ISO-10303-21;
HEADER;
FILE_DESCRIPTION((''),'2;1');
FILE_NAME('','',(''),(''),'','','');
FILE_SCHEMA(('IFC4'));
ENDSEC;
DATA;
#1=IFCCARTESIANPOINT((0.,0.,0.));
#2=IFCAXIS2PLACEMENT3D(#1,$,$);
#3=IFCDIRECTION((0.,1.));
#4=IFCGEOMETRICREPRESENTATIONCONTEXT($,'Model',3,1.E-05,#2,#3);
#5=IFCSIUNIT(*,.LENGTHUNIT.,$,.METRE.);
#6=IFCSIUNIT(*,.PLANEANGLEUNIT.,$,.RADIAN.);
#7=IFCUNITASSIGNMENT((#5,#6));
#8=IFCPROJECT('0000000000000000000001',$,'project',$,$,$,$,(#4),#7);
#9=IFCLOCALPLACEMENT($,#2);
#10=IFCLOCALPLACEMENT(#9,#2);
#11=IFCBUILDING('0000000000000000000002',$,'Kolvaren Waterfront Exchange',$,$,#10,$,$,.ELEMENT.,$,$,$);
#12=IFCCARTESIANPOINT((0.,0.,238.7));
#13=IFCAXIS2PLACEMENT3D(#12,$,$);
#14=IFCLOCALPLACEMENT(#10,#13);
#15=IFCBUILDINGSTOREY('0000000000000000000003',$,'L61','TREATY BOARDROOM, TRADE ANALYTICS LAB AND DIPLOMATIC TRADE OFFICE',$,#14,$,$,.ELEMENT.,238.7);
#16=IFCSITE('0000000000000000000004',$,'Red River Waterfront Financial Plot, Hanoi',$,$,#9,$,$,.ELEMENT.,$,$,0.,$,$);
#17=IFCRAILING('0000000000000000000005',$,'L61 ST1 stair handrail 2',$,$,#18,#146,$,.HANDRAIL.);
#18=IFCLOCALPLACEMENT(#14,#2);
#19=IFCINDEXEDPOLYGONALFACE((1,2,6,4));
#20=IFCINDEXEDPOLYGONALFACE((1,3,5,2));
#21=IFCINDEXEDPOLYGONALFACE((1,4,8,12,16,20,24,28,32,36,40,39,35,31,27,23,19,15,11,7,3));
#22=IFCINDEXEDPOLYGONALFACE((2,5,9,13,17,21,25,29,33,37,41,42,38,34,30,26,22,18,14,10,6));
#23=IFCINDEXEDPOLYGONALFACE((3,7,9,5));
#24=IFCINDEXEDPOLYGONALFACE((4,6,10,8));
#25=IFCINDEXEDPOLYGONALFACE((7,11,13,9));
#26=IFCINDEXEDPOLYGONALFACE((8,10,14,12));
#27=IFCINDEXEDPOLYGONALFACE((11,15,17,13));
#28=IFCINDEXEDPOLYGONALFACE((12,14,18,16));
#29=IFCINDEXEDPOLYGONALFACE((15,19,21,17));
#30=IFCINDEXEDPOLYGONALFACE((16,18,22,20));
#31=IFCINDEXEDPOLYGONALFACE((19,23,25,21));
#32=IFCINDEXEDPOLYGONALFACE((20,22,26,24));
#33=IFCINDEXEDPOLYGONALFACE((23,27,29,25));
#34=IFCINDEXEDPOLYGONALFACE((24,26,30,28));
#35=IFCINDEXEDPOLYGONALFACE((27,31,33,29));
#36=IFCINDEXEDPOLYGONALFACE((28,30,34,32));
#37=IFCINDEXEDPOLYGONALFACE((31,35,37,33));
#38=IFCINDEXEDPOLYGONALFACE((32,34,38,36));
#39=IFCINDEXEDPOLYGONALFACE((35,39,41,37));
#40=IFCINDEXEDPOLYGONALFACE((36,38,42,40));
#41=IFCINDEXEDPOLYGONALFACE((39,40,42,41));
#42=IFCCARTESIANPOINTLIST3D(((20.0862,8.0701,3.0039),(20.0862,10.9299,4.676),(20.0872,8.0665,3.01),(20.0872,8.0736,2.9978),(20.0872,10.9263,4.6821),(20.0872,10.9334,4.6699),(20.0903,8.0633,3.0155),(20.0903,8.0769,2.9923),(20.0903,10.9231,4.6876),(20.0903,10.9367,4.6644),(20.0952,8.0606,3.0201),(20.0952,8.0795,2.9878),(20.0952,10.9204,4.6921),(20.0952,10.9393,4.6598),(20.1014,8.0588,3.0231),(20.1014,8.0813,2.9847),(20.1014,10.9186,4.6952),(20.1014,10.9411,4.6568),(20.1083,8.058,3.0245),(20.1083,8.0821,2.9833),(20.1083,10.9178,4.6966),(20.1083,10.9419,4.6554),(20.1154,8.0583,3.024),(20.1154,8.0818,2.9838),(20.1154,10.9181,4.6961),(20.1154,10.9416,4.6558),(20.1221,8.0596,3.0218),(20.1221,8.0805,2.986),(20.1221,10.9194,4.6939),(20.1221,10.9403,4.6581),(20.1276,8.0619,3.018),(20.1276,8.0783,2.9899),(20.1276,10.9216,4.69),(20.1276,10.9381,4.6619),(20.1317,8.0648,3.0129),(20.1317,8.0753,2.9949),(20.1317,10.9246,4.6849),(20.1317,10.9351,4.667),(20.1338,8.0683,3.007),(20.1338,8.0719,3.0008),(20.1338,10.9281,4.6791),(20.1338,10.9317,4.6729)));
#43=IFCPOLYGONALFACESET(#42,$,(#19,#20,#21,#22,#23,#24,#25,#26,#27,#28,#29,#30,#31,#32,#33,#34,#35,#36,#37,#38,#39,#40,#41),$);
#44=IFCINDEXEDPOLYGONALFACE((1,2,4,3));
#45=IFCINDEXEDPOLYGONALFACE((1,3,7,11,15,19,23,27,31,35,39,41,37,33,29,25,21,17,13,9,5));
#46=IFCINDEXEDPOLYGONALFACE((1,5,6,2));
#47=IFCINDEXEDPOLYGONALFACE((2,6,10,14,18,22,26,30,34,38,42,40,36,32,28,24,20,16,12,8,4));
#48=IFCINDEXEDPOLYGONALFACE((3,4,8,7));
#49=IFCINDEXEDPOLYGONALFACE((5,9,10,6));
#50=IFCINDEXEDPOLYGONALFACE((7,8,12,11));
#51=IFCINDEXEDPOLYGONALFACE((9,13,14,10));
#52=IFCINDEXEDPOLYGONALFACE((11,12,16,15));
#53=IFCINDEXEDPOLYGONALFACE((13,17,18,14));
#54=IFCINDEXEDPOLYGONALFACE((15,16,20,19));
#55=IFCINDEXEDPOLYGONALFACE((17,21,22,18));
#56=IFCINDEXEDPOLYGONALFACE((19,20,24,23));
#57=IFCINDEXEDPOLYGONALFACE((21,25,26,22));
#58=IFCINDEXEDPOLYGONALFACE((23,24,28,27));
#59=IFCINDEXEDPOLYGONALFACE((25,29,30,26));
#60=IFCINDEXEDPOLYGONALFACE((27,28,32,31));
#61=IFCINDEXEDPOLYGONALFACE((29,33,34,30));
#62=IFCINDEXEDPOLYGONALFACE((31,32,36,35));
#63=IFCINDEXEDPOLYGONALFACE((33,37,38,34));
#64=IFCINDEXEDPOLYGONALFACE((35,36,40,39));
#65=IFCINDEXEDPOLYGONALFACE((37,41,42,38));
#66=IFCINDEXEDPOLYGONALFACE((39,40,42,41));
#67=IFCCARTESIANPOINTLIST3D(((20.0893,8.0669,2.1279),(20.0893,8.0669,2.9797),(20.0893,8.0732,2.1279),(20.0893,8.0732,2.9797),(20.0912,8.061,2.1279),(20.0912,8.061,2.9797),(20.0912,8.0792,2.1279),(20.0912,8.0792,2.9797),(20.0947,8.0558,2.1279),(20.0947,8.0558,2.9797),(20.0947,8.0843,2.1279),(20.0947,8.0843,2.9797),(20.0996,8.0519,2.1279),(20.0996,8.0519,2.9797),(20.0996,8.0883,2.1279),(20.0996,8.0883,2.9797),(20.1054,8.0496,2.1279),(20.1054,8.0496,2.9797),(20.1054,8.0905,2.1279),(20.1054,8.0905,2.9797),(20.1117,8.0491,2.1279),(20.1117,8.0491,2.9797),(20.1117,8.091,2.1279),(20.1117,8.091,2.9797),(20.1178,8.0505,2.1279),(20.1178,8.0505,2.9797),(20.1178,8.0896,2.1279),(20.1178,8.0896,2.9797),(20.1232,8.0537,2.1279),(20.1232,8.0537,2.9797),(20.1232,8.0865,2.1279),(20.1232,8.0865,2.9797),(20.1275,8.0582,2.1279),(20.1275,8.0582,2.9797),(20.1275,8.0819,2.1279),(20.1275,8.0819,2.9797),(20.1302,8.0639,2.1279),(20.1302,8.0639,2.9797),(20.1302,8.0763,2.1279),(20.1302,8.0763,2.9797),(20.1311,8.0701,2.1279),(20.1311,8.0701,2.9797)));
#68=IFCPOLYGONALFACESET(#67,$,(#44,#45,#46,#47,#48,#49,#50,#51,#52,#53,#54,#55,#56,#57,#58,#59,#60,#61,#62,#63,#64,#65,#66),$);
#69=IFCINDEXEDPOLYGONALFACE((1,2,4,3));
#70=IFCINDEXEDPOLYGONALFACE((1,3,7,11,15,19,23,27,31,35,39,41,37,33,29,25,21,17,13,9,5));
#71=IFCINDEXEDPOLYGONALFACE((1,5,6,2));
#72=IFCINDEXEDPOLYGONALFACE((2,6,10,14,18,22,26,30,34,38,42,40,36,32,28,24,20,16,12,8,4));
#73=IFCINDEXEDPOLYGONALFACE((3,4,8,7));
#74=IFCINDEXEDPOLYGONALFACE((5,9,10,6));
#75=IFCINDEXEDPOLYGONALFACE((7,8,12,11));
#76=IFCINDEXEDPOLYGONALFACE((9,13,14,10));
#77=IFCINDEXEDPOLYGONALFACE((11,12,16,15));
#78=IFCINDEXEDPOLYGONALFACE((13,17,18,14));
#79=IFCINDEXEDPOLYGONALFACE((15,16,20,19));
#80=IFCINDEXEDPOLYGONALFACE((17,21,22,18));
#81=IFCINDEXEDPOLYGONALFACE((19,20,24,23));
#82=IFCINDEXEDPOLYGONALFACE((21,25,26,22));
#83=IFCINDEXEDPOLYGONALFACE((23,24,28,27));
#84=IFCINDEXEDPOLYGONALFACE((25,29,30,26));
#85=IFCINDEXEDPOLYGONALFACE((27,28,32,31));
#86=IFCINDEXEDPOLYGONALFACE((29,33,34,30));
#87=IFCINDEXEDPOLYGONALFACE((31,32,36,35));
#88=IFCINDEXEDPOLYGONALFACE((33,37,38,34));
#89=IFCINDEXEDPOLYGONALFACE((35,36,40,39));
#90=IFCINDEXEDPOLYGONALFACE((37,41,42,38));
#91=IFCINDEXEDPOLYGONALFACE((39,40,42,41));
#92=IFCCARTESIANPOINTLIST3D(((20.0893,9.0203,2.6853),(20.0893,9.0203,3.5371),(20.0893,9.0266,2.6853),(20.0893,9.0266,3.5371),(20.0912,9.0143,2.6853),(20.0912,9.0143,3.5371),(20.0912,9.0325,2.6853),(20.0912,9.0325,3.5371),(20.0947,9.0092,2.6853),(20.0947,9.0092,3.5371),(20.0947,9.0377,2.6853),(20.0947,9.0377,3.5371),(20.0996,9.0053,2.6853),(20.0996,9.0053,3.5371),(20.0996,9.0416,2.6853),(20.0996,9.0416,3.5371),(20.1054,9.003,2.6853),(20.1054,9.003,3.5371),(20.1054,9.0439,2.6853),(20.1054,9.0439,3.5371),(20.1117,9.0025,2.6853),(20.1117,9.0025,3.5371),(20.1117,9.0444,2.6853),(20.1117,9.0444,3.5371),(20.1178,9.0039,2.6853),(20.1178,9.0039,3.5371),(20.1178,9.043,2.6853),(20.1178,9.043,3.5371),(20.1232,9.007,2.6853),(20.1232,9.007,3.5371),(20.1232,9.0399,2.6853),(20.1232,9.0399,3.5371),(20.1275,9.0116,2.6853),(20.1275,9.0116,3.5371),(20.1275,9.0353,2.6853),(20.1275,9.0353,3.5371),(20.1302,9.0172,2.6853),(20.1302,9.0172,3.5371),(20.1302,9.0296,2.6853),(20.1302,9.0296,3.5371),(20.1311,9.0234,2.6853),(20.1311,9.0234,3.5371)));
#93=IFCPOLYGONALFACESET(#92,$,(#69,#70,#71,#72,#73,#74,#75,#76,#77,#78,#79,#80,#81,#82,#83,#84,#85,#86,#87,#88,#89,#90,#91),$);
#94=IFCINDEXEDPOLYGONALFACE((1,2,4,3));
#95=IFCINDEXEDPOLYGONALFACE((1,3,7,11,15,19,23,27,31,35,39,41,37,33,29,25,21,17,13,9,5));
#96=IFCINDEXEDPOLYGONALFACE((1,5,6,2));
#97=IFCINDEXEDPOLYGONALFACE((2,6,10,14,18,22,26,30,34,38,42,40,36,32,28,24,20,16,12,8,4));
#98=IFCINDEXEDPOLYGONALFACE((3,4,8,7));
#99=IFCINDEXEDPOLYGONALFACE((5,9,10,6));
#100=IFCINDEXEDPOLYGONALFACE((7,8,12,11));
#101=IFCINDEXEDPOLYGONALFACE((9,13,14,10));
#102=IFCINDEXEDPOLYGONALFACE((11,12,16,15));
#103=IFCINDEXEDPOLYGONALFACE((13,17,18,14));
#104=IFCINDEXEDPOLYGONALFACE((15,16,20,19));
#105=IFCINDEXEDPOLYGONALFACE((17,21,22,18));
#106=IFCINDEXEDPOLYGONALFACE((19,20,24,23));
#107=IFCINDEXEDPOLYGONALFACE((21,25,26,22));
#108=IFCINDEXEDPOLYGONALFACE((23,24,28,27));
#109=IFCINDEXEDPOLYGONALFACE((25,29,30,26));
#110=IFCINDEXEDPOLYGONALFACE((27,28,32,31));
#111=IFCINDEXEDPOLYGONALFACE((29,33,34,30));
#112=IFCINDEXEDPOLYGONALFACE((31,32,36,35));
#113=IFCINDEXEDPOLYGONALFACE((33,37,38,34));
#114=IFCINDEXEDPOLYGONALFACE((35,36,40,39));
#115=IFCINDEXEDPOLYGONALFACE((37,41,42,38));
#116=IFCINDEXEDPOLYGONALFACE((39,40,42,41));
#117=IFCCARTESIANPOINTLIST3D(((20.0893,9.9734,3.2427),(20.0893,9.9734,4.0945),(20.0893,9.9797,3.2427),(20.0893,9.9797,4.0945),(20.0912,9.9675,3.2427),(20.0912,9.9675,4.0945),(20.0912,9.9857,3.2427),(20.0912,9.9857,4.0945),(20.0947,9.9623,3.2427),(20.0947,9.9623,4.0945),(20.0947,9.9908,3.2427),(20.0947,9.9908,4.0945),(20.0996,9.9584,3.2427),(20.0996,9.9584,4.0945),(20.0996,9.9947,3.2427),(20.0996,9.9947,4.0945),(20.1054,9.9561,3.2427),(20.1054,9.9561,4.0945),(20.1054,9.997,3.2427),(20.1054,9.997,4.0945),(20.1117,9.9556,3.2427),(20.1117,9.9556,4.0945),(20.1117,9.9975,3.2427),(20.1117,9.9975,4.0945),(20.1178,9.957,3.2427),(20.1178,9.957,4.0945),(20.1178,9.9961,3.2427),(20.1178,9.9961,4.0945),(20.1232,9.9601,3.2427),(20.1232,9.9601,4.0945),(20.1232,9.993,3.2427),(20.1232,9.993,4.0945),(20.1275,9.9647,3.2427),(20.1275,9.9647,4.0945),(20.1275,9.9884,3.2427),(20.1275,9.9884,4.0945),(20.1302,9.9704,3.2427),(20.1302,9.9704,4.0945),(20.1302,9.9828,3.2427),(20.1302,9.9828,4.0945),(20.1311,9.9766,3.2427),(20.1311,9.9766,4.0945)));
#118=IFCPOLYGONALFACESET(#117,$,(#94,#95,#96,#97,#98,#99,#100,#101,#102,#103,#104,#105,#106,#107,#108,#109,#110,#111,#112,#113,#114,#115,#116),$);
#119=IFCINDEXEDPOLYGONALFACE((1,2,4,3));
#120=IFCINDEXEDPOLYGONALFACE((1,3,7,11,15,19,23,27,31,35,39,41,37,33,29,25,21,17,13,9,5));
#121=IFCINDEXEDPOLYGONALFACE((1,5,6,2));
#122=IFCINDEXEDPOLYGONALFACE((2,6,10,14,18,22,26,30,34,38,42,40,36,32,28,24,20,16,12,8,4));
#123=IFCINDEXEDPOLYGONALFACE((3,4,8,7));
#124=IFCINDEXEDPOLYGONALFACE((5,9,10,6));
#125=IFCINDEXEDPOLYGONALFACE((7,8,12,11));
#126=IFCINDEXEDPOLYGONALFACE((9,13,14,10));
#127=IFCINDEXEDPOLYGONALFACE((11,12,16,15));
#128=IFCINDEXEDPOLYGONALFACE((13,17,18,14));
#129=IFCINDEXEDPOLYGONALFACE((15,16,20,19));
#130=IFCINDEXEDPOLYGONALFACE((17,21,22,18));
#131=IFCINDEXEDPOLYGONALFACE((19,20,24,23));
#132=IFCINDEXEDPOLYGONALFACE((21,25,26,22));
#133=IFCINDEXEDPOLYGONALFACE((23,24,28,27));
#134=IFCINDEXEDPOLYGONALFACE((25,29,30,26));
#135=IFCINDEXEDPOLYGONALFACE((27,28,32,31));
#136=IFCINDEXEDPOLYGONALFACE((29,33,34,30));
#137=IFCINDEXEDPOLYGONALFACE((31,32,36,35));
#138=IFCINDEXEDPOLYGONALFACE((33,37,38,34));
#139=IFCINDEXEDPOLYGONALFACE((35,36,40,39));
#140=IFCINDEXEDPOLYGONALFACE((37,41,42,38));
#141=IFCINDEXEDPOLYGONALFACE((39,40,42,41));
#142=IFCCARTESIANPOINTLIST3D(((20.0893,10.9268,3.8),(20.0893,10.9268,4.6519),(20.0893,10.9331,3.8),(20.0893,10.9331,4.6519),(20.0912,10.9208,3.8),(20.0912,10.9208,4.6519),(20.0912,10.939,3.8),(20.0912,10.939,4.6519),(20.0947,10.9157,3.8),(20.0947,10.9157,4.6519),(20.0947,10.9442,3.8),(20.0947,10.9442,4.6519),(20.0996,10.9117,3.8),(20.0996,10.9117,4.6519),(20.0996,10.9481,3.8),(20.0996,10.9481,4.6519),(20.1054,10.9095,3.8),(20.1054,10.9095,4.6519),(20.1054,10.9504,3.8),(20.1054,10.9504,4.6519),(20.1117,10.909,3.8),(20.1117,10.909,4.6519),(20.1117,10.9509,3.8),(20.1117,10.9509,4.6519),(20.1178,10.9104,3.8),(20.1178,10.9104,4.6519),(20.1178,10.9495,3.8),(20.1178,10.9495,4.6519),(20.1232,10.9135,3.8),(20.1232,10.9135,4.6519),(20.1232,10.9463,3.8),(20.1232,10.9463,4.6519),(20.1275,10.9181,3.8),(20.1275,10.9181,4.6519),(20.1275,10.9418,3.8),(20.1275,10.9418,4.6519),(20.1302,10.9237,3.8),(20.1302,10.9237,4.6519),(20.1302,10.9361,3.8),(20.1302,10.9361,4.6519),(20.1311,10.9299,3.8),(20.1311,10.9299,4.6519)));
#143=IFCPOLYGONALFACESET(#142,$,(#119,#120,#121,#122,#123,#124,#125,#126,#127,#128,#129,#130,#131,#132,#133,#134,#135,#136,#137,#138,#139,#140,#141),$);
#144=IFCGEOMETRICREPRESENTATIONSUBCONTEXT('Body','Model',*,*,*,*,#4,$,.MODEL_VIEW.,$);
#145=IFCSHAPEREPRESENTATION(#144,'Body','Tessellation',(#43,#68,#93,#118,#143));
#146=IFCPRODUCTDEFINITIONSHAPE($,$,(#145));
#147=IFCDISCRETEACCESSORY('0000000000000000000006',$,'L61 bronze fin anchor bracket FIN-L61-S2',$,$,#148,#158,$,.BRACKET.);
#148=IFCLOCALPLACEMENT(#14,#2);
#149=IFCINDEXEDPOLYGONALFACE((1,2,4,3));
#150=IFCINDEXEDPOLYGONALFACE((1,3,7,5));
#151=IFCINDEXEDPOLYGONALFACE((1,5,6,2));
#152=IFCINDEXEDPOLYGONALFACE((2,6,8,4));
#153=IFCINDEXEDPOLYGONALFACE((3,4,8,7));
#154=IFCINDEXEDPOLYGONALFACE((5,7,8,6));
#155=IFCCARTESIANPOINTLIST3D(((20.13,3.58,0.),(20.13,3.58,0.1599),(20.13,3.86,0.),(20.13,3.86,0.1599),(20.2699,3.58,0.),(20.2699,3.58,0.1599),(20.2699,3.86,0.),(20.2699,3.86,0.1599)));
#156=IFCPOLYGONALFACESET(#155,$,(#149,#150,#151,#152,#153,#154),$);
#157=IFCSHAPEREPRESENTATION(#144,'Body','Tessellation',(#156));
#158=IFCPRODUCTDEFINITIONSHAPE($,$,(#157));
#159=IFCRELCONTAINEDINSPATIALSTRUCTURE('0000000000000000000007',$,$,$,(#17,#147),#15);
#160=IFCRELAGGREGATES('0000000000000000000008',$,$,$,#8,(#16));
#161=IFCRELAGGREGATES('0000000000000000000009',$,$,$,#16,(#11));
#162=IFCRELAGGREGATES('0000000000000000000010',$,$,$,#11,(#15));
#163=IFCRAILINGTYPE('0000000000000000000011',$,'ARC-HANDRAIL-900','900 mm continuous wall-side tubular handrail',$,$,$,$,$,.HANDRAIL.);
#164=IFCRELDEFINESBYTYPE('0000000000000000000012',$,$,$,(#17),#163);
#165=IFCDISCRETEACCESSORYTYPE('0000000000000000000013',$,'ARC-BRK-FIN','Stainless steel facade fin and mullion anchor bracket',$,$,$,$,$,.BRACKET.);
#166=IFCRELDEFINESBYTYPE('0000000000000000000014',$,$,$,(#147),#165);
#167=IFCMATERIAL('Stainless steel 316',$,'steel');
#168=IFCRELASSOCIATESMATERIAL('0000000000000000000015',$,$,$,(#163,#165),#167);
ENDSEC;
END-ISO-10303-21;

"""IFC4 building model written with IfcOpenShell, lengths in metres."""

from ifc_helpers import new_model, si_unit, direction, frame, origin, origin_with_axes, origin_2d, place, context, subcontext, project, spatial, rectangle, circle, extrude, source, transform, mapped, material, type_object, element, save


model = new_model("IFC4")

# Units and contexts
model_context = context("Model", 3, precision=1e-05, world=origin(), true_north=direction((0.0, 1.0)))
body_context = subcontext(model_context, "Body", "Model", "MODEL_VIEW")
ifc_project = project(units=[si_unit("LENGTHUNIT", "METRE"), si_unit("PLANEANGLEUNIT", "RADIAN")], contexts=[model_context])

# Site, building, storey
site_placement = place(None, origin())
site = spatial("IfcSite", under=ifc_project, at=site_placement, Name="Red River Waterfront Financial Plot, Hanoi", CompositionType="ELEMENT", RefElevation=0.0)
building_placement = place(site_placement, origin())
building = spatial("IfcBuilding", under=site, at=building_placement, Name="Kolvaren Waterfront Exchange", CompositionType="ELEMENT")
storey_placement = place(building_placement, frame((0.0, 0.0, 238.7)))
storey = spatial("IfcBuildingStorey", under=building, at=storey_placement, Name="L61", Description="TREATY BOARDROOM, TRADE ANALYTICS LAB AND DIPLOMATIC TRADE OFFICE", CompositionType="ELEMENT", Elevation=238.7)

# Railing
ifc_material_1 = material(Name="Stainless steel 316", Category="steel")
railing_type_1 = type_object("IfcRailingType", Name="ARC-HANDRAIL-900", Description="900 mm continuous wall-side tubular handrail", PredefinedType="HANDRAIL", material=ifc_material_1)
railing_1_placement = place(storey_placement, frame((20.1101, 8.0701, 2.1279)))
element("IfcRailing", 1, at=railing_1_placement, inside=storey, type_object=railing_type_1, Name="L61 ST1 stair handrail 2", PredefinedType="HANDRAIL", context=body_context, shape_type="SweptSolid", body=[
    extrude(circle(Radius=0.0239, at=origin_2d()), frame((0.0, 0.0, 0.876), z_axis=(0.0, 0.863271, 0.504741), x_axis=(-1.0, 0.0, 0.0)), (0.0, 0.0, 1.0), 3.3127),
    extrude(circle(Radius=0.021, at=origin_2d()), origin(), (0.0, 0.0, 1.0), 0.8518),
    extrude(circle(Radius=0.021, at=origin_2d()), frame((0.0, 0.9534, 0.5574)), (0.0, 0.0, 1.0), 0.8518),
    extrude(circle(Radius=0.021, at=origin_2d()), frame((0.0, 1.9065, 1.1147)), (0.0, 0.0, 1.0), 0.8518),
    extrude(circle(Radius=0.021, at=origin_2d()), frame((0.0, 2.8599, 1.6721)), (0.0, 0.0, 1.0), 0.8518),
])

# Discrete accessory
discrete_accessory_type = type_object("IfcDiscreteAccessoryType", Name="ARC-BRK-FIN", Description="Stainless steel facade fin and mullion anchor bracket", PredefinedType="BRACKET", material=ifc_material_1)
shared_shape_1 = source(origin_with_axes(), body_context, "Body", "SweptSolid", [
    extrude(rectangle(XDim=0.28, YDim=0.1399, at=origin_2d()), origin(), (0.0, 0.0, 1.0), 0.1599),
])
discrete_accessory_placement = place(storey_placement, frame((20.2, 3.72, 0.0), z_axis=(0.0, 0.0, 1.0), x_axis=(0.0, -1.0, 0.0)))
element("IfcDiscreteAccessory", 2, at=discrete_accessory_placement, inside=storey, type_object=discrete_accessory_type, Name="L61 bronze fin anchor bracket FIN-L61-S2", PredefinedType="BRACKET", context=body_context, shape_type="MappedRepresentation", body=[
    mapped(shared_shape_1, transform((0.0, 0.0, 0.0), x_axis=(1.0, 0.0, 0.0), y_axis=(0.0, 1.0, 0.0), z_axis=(0.0, 0.0, 1.0), scale=1.0)),
])

save(model, "model.ifc")
